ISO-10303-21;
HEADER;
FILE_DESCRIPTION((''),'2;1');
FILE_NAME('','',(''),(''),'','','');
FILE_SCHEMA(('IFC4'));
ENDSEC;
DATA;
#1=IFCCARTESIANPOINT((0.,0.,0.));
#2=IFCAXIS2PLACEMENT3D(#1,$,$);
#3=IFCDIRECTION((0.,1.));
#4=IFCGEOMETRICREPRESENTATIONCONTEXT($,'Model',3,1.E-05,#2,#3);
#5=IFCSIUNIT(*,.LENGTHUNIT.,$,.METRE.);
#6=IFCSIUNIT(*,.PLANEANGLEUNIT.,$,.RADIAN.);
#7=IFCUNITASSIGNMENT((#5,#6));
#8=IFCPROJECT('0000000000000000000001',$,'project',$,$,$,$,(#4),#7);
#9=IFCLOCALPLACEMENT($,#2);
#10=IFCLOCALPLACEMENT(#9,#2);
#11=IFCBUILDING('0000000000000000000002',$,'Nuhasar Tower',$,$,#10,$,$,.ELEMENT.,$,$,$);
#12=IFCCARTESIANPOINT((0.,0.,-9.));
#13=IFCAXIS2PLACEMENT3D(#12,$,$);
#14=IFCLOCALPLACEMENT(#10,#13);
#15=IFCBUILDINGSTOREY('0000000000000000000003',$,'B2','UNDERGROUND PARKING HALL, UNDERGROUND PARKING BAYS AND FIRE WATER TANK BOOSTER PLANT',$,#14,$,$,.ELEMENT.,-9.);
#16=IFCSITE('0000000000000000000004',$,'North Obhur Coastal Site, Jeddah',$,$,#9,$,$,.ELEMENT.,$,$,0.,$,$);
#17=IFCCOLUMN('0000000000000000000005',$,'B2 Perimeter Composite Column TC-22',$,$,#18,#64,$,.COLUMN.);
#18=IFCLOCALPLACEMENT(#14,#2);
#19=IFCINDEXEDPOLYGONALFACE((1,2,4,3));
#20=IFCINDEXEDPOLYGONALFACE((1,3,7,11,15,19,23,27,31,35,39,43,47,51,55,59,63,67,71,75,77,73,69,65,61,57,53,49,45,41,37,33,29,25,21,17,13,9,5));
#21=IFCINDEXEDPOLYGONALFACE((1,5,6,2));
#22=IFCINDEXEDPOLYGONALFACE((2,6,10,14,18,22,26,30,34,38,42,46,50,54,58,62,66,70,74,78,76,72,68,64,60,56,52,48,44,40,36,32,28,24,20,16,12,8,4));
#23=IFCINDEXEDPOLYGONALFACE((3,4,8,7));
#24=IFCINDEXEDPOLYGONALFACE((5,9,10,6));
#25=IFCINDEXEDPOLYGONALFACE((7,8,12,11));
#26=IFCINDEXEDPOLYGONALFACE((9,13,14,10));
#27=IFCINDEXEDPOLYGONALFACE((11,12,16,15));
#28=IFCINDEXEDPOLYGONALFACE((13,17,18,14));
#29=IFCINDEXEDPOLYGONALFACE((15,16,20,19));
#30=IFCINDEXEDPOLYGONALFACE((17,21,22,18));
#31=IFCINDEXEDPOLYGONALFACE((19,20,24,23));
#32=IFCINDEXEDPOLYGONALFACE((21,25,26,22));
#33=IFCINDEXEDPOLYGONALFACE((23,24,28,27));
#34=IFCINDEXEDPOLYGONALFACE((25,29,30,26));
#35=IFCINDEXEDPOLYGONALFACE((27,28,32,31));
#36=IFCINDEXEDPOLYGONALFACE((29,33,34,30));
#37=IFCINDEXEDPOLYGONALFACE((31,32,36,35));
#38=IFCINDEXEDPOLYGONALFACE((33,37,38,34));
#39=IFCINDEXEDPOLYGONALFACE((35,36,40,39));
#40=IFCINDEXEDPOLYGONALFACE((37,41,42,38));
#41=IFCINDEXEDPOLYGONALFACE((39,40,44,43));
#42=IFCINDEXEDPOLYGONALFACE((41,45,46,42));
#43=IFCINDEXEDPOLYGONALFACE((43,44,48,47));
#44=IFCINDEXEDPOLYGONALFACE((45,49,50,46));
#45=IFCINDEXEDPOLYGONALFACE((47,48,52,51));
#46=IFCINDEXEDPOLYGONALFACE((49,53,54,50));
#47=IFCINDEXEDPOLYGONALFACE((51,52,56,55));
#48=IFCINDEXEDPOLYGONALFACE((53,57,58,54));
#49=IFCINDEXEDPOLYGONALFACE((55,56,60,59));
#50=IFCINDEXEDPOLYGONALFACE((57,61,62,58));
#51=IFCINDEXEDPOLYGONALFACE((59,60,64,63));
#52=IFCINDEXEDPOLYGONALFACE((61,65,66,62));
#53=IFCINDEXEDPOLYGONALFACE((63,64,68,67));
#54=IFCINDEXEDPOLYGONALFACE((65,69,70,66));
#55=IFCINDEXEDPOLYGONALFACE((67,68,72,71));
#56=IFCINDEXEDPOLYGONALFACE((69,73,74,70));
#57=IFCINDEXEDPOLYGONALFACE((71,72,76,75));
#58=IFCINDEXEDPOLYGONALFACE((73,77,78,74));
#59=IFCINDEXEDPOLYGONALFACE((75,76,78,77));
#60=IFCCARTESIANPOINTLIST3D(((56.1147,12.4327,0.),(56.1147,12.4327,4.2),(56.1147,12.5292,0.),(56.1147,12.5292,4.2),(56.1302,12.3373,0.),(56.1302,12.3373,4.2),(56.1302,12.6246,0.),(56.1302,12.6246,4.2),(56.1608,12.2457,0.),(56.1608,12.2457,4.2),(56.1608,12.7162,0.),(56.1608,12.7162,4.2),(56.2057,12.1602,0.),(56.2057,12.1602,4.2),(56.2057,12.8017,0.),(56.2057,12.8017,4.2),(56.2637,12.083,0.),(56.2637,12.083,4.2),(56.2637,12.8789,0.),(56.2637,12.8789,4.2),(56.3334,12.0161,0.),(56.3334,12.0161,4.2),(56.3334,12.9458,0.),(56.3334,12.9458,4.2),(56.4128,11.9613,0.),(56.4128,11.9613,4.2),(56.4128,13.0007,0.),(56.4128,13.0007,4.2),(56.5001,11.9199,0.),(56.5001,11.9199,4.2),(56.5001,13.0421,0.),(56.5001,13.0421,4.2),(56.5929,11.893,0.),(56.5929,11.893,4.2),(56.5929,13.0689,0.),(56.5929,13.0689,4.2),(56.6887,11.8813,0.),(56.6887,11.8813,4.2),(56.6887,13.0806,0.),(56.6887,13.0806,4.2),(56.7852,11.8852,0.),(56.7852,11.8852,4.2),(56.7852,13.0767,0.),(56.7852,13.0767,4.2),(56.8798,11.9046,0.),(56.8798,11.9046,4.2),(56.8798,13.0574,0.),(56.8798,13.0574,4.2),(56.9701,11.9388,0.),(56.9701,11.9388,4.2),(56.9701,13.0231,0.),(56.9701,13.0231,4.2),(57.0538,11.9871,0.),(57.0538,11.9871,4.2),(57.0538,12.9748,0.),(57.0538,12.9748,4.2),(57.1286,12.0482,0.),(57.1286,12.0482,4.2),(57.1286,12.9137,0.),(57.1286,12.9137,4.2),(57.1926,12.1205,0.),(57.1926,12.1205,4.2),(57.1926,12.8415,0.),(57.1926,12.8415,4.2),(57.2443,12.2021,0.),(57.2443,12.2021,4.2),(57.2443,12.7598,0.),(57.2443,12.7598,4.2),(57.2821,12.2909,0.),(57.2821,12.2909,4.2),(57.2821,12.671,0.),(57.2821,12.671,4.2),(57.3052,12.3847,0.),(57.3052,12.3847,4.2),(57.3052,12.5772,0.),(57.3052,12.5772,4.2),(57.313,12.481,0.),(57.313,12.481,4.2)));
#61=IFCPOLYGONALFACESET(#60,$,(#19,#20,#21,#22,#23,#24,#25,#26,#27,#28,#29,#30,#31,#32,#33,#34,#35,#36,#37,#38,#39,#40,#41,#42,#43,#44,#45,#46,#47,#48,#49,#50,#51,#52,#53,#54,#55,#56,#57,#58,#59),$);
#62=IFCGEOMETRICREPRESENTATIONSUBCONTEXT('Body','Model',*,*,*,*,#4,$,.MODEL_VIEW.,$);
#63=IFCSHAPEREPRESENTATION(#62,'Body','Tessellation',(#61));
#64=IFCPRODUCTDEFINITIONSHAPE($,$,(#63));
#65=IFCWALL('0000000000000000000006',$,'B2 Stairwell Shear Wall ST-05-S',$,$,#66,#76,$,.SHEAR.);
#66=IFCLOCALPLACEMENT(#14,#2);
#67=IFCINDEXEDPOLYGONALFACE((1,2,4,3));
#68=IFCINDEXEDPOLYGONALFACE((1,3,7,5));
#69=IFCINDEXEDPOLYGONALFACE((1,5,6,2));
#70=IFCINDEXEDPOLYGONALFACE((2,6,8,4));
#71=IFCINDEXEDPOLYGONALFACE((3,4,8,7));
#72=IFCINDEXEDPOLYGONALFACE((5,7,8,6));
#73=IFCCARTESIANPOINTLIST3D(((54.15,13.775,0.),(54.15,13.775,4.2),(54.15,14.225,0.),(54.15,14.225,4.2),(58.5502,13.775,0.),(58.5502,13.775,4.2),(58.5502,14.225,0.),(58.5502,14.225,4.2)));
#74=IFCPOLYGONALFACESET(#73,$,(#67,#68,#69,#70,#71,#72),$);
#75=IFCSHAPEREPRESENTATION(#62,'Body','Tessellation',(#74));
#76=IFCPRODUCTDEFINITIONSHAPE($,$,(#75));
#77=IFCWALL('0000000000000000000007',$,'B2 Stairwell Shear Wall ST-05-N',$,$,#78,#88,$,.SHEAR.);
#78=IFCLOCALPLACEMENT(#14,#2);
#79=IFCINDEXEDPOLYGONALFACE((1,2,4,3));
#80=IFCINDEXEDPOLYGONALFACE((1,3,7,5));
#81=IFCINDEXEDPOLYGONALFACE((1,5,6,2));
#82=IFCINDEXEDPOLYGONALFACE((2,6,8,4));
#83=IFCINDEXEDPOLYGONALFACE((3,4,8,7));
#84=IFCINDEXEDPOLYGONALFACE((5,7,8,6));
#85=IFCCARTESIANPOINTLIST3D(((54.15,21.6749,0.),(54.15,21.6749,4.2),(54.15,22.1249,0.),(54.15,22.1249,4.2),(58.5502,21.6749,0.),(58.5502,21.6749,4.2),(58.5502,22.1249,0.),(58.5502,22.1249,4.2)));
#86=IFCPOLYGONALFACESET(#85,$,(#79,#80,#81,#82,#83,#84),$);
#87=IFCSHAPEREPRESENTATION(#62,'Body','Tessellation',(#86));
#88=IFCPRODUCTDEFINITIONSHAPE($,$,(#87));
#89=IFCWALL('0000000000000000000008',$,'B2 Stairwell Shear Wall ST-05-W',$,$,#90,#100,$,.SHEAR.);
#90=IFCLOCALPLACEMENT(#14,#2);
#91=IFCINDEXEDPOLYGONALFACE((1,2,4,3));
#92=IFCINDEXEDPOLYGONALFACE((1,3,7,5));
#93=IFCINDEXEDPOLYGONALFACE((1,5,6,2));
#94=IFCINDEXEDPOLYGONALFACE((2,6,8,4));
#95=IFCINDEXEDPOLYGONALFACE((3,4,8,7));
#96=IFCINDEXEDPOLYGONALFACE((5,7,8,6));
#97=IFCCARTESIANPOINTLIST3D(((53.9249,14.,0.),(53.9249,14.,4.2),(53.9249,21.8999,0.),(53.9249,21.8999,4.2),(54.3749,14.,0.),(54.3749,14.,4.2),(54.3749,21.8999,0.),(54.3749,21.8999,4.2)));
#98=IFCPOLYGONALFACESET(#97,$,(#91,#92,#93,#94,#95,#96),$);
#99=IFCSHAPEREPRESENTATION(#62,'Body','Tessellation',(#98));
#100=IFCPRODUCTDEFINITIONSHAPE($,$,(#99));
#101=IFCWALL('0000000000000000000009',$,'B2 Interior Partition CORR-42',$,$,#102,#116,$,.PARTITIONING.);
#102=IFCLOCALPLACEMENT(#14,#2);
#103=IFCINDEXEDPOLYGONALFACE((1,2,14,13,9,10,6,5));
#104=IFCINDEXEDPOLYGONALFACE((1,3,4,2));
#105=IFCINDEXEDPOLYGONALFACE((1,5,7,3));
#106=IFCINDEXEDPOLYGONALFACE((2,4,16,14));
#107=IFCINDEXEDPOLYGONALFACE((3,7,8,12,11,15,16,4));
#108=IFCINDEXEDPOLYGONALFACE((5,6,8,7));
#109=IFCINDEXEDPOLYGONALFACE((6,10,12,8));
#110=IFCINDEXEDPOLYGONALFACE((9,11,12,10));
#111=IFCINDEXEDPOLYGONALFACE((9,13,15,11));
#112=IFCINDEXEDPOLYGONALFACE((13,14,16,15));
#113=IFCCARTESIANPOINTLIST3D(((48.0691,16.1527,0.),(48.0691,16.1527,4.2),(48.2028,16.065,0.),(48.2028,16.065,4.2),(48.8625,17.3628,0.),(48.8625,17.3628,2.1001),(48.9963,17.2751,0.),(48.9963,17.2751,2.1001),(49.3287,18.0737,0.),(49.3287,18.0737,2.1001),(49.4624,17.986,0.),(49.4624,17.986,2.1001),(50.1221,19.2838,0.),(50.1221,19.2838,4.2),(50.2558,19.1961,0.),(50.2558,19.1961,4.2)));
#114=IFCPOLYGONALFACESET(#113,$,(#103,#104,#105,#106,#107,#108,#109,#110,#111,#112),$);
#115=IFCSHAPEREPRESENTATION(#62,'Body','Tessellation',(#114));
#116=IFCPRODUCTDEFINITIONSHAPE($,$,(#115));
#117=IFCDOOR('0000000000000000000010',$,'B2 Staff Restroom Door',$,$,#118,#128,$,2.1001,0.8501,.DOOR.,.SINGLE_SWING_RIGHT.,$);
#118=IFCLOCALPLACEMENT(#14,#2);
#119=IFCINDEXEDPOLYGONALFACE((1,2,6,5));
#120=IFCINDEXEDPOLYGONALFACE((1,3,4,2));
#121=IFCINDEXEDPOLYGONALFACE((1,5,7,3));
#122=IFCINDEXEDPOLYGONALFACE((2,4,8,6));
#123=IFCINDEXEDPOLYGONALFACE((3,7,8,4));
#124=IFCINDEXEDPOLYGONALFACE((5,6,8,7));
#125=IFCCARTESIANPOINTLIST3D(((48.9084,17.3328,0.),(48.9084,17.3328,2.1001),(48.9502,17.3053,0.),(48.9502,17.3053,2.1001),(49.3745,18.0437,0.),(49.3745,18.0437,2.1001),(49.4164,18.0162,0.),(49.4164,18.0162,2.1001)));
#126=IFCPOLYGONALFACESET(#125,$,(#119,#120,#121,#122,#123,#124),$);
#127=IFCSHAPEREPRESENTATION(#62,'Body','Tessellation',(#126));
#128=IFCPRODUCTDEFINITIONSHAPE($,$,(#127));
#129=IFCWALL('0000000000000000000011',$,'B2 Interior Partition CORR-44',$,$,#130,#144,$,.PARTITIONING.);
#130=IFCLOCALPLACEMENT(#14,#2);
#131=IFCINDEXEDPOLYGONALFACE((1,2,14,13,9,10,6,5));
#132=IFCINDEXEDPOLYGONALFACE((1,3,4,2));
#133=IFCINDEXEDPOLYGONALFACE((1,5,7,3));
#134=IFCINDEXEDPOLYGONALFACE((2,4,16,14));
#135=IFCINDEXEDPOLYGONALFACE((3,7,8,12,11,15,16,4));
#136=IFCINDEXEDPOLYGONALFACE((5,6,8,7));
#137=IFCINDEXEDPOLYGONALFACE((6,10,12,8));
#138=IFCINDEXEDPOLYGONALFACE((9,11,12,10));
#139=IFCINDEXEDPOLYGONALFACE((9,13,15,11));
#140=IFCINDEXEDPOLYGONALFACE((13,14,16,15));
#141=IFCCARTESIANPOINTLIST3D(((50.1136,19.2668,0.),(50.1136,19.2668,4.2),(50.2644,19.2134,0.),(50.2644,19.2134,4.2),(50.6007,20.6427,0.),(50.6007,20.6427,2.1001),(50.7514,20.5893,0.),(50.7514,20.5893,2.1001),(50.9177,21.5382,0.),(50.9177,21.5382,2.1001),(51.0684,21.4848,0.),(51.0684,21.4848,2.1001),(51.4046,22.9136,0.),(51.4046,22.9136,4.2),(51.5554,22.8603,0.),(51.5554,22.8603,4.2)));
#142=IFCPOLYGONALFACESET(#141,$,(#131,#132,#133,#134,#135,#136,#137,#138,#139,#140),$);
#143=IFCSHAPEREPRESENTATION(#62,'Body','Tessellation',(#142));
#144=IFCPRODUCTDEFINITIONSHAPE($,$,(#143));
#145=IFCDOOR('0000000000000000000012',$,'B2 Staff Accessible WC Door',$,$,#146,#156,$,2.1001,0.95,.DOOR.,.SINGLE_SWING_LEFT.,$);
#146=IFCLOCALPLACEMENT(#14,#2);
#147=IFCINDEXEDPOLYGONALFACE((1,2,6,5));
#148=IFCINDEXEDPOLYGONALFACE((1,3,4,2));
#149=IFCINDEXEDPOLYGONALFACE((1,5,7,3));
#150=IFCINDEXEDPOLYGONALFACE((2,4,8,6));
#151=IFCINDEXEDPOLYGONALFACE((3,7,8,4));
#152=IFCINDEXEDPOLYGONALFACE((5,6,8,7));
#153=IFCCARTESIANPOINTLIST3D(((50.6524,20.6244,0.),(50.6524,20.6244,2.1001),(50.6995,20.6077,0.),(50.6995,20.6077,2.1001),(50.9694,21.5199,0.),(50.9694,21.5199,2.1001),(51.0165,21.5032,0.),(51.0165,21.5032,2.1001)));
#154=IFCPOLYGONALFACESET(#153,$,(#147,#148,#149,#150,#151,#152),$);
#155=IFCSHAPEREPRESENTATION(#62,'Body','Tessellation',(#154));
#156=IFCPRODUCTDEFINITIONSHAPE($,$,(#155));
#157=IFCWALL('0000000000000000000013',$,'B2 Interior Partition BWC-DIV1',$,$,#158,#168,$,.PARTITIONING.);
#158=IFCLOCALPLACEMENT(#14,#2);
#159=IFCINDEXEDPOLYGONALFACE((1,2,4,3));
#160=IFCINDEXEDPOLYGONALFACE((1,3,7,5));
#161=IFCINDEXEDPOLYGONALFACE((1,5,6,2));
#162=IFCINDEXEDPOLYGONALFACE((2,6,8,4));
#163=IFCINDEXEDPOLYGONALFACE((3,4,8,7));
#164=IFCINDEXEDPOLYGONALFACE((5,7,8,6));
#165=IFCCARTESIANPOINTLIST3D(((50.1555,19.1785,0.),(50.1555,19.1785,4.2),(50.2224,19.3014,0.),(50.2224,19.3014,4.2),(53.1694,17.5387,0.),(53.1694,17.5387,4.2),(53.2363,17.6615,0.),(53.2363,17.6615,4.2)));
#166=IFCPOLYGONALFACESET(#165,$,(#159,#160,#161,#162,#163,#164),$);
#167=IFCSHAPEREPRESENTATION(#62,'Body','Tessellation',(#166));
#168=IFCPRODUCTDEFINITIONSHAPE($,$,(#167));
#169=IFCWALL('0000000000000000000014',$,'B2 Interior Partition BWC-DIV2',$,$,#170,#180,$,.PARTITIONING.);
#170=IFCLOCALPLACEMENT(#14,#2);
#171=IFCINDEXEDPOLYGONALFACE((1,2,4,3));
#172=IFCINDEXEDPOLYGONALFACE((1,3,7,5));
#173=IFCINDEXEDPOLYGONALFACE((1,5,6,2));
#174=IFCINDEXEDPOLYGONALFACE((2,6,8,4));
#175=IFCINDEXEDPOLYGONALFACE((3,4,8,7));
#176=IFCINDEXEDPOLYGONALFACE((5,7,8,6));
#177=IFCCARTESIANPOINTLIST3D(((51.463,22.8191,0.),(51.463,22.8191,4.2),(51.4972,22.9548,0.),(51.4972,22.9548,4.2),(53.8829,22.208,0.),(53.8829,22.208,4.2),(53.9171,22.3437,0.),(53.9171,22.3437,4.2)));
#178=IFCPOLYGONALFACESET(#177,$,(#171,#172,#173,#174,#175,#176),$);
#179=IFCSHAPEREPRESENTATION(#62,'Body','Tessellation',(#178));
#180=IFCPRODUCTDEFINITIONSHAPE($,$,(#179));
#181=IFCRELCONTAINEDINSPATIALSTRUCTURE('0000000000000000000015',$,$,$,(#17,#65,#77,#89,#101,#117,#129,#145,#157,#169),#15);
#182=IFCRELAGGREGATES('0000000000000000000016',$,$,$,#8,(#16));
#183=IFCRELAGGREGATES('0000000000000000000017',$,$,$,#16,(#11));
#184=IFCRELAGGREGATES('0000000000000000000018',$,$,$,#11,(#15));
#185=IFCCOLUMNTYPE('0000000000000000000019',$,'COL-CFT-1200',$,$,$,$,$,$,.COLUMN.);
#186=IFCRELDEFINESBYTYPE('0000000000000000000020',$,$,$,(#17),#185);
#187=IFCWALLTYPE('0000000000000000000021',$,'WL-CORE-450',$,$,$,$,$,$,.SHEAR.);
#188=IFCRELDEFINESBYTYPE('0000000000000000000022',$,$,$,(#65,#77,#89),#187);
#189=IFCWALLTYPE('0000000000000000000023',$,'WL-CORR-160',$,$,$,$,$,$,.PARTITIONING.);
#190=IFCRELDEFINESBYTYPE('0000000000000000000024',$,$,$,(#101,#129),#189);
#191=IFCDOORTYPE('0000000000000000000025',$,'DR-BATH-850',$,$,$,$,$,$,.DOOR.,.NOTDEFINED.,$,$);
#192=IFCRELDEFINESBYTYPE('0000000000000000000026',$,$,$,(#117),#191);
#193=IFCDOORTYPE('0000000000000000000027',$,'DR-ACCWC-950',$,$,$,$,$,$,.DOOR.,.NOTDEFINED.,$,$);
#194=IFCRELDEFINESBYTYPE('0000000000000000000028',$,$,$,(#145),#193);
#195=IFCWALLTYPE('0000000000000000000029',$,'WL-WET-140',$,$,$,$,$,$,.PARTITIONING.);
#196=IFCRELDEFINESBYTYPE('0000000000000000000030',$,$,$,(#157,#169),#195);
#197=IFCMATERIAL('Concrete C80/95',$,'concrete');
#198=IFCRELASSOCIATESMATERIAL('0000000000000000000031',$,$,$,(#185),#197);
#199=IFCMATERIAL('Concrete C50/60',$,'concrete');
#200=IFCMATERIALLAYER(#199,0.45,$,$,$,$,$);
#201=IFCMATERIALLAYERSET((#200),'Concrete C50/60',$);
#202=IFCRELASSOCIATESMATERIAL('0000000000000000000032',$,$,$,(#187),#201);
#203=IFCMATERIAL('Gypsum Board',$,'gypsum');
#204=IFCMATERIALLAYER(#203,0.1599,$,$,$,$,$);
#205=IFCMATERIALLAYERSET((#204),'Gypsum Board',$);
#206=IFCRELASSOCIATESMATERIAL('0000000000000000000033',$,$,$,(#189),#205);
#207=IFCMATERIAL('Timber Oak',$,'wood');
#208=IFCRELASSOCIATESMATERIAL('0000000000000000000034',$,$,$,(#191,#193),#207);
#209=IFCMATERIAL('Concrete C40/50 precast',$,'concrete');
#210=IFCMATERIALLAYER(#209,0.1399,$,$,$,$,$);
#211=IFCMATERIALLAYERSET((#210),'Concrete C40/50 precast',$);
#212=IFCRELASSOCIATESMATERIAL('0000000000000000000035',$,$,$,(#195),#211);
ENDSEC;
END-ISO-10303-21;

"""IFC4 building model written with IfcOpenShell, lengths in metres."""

from ifc_helpers import new_model, si_unit, direction, frame, frame_2d, origin, origin_2d, place, context, subcontext, project, spatial, rectangle, circle, extrude, material, layer, layer_set, material_profile, profile_set, type_object, element, fill, save


model = new_model("IFC4")

# Units and contexts
model_context = context("Model", 3, precision=1e-05, world=origin(), true_north=direction((0.0, 1.0)))
body_context = subcontext(model_context, "Body", "Model", "MODEL_VIEW")
ifc_project = project(units=[si_unit("LENGTHUNIT", "METRE"), si_unit("PLANEANGLEUNIT", "RADIAN")], contexts=[model_context])

# Site, building, storey
site_placement = place(None, origin())
site = spatial("IfcSite", under=ifc_project, at=site_placement, Name="North Obhur Coastal Site, Jeddah", CompositionType="ELEMENT", RefElevation=0.0)
building_placement = place(site_placement, origin())
building = spatial("IfcBuilding", under=site, at=building_placement, Name="Nuhasar Tower", CompositionType="ELEMENT")
storey_placement = place(building_placement, frame((0.0, 0.0, -9.0)))
storey = spatial("IfcBuildingStorey", under=building, at=storey_placement, Name="B2", Description="UNDERGROUND PARKING HALL, UNDERGROUND PARKING BAYS AND FIRE WATER TANK BOOSTER PLANT", CompositionType="ELEMENT", Elevation=-9.0)

# Shared definitions
ifc_material_1 = material(Name="Concrete C50/60", Category="concrete")

# Column
ifc_material_2 = material(Name="Concrete C80/95", Category="concrete")
ifc_material_profile_1 = material_profile(ifc_material_2, circle(Radius=0.6001, at=origin_2d()), Name="CFT1200")
ifc_profile_set_1 = profile_set([ifc_material_profile_1], Name="Concrete C80/95")
column_type = type_object("IfcColumnType", Name="COL-CFT-1200", PredefinedType="COLUMN", material=ifc_profile_set_1)
column_placement = place(storey_placement, frame((56.7129, 12.481, 0.0), z_axis=(0.0, 0.0, 1.0), x_axis=(1.0, 0.0, 0.0)))
element("IfcColumn", 1, at=column_placement, inside=storey, type_object=column_type, Name="B2 Perimeter Composite Column TC-22", PredefinedType="COLUMN", context=body_context, shape_type="SweptSolid", body=[
    extrude(circle(Radius=0.6001, at=origin_2d()), origin(), (0.0, 0.0, 1.0), 4.2),
])

# Walls
ifc_layer_1 = layer(ifc_material_1, 0.45)
ifc_layer_set_1 = layer_set([ifc_layer_1], Name="Concrete C50/60")
wall_type_1 = type_object("IfcWallType", Name="WL-CORE-450", PredefinedType="SHEAR", material=ifc_layer_set_1)
for number, where, z_axis, x_axis, name in (
    (2, (54.1499, 14.0, 0.0), (0.0, 0.0, 1.0), (1.0, 0.0, 0.0), "B2 Stairwell Shear Wall ST-05-S"),
    (3, (54.1499, 21.8999, 0.0), (0.0, 0.0, 1.0), (1.0, 0.0, 0.0), "B2 Stairwell Shear Wall ST-05-N"),
):
    element("IfcWall", number, at=place(storey_placement, frame(where, z_axis=z_axis, x_axis=x_axis)), inside=storey, type_object=wall_type_1, Name=name, PredefinedType="SHEAR", context=body_context, shape_type="SweptSolid", body=[
        extrude(rectangle(XDim=4.4001, YDim=0.45, at=frame_2d((2.2002, 0.0))), origin(), (0.0, 0.0, 1.0), 4.2),
    ])
wall_1_placement = place(storey_placement, frame((54.1499, 14.0, 0.0), z_axis=(0.0, 0.0, 1.0), x_axis=(0.0, 1.0, 0.0)))
element("IfcWall", 4, at=wall_1_placement, inside=storey, type_object=wall_type_1, Name="B2 Stairwell Shear Wall ST-05-W", PredefinedType="SHEAR", context=body_context, shape_type="SweptSolid", body=[
    extrude(rectangle(XDim=7.8999, YDim=0.45, at=frame_2d((3.95, 0.0))), origin(), (0.0, 0.0, 1.0), 4.2),
])

# Walls, openings, doors
ifc_material_3 = material(Name="Gypsum Board", Category="gypsum")
ifc_layer_2 = layer(ifc_material_3, 0.1599)
ifc_layer_set_2 = layer_set([ifc_layer_2], Name="Gypsum Board")
wall_type_2 = type_object("IfcWallType", Name="WL-CORR-160", PredefinedType="PARTITIONING", material=ifc_layer_set_2)
wall_2_placement = place(storey_placement, frame((50.189, 19.24, 0.0), z_axis=(0.0, 0.0, 1.0), x_axis=(-0.548319, -0.836269, 0.0)))
wall_2 = element("IfcWall", 5, at=wall_2_placement, inside=storey, type_object=wall_type_2, Name="B2 Interior Partition CORR-42", PredefinedType="PARTITIONING", context=body_context, shape_type="SweptSolid", body=[
    extrude(rectangle(XDim=3.7441, YDim=0.1599, at=frame_2d((1.8721, 0.0))), origin(), (0.0, 0.0, 1.0), 4.2),
])
opening_1_placement = place(wall_2_placement, frame((1.447, 0.0, 0.0)))
opening_1 = element("IfcOpeningElement", 6, at=opening_1_placement, cuts=wall_2, PredefinedType="OPENING", context=body_context, shape_type="SweptSolid", body=[
    extrude(rectangle(XDim=0.8501, YDim=2.1001, at=frame_2d((0.425, 1.05))), frame((0.0, 0.0898, 0.0), z_axis=(0.0, -1.0, 0.0), x_axis=(1.0, 0.0, 0.0)), (0.0, 0.0, 1.0), 0.1799),
])
ifc_material_4 = material(Name="Timber Oak", Category="wood")
door_type_1 = type_object("IfcDoorType", Name="DR-BATH-850", OperationType="NOTDEFINED", PredefinedType="DOOR", material=ifc_material_4)
door_1_placement = place(opening_1_placement, origin())
door_1 = element("IfcDoor", 7, at=door_1_placement, inside=storey, type_object=door_type_1, Name="B2 Staff Restroom Door", OperationType="SINGLE_SWING_RIGHT", OverallHeight=2.1001, OverallWidth=0.8501, PredefinedType="DOOR", context=body_context, shape_type="SweptSolid", body=[
    extrude(rectangle(XDim=0.8501, YDim=2.1001, at=frame_2d((0.425, 1.05))), frame((0.0, 0.0249, 0.0), z_axis=(0.0, -1.0, 0.0), x_axis=(1.0, 0.0, 0.0)), (0.0, 0.0, 1.0), 0.05),
])
fill(opening_1, door_1)
wall_3_placement = place(storey_placement, frame((51.48, 22.887, 0.0), z_axis=(0.0, 0.0, 1.0), x_axis=(-0.333705, -0.942678, 0.0)))
wall_3 = element("IfcWall", 8, at=wall_3_placement, inside=storey, type_object=wall_type_2, Name="B2 Interior Partition CORR-44", PredefinedType="PARTITIONING", context=body_context, shape_type="SweptSolid", body=[
    extrude(rectangle(XDim=3.8687, YDim=0.1599, at=frame_2d((1.9343, 0.0))), origin(), (0.0, 0.0, 1.0), 4.2),
])
opening_2_placement = place(wall_3_placement, frame((1.459, 0.0, 0.0)))
opening_2 = element("IfcOpeningElement", 9, at=opening_2_placement, cuts=wall_3, PredefinedType="OPENING", context=body_context, shape_type="SweptSolid", body=[
    extrude(rectangle(XDim=0.95, YDim=2.1001, at=frame_2d((0.4751, 1.05))), frame((0.0, 0.0898, 0.0), z_axis=(0.0, -1.0, 0.0), x_axis=(1.0, 0.0, 0.0)), (0.0, 0.0, 1.0), 0.1799),
])
door_type_2 = type_object("IfcDoorType", Name="DR-ACCWC-950", OperationType="NOTDEFINED", PredefinedType="DOOR", material=ifc_material_4)
door_2_placement = place(opening_2_placement, origin())
door_2 = element("IfcDoor", 10, at=door_2_placement, inside=storey, type_object=door_type_2, Name="B2 Staff Accessible WC Door", OperationType="SINGLE_SWING_LEFT", OverallHeight=2.1001, OverallWidth=0.95, PredefinedType="DOOR", context=body_context, shape_type="SweptSolid", body=[
    extrude(rectangle(XDim=0.95, YDim=2.1001, at=frame_2d((0.4751, 1.05))), frame((0.0, 0.0249, 0.0), z_axis=(0.0, -1.0, 0.0), x_axis=(1.0, 0.0, 0.0)), (0.0, 0.0, 1.0), 0.05),
])
fill(opening_2, door_2)

# Walls
ifc_material_5 = material(Name="Concrete C40/50 precast", Category="concrete")
ifc_layer_3 = layer(ifc_material_5, 0.1399)
ifc_layer_set_3 = layer_set([ifc_layer_3], Name="Concrete C40/50 precast")
wall_type_3 = type_object("IfcWallType", Name="WL-WET-140", PredefinedType="PARTITIONING", material=ifc_layer_set_3)
wall_4_placement = place(storey_placement, frame((50.189, 19.24, 0.0), z_axis=(0.0, 0.0, 1.0), x_axis=(0.878393, -0.47794, 0.0)))
element("IfcWall", 11, at=wall_4_placement, inside=storey, type_object=wall_type_3, Name="B2 Interior Partition BWC-DIV1", PredefinedType="PARTITIONING", context=body_context, shape_type="SweptSolid", body=[
    extrude(rectangle(XDim=3.4312, YDim=0.1399, at=frame_2d((1.7156, 0.0))), origin(), (0.0, 0.0, 1.0), 4.2),
])
wall_5_placement = place(storey_placement, frame((51.48, 22.887, 0.0), z_axis=(0.0, 0.0, 1.0), x_axis=(0.969564, -0.244837, 0.0)))
element("IfcWall", 12, at=wall_5_placement, inside=storey, type_object=wall_type_3, Name="B2 Interior Partition BWC-DIV2", PredefinedType="PARTITIONING", context=body_context, shape_type="SweptSolid", body=[
    extrude(rectangle(XDim=2.4958, YDim=0.1399, at=frame_2d((1.248, 0.0))), origin(), (0.0, 0.0, 1.0), 4.2),
])

save(model, "model.ifc")
